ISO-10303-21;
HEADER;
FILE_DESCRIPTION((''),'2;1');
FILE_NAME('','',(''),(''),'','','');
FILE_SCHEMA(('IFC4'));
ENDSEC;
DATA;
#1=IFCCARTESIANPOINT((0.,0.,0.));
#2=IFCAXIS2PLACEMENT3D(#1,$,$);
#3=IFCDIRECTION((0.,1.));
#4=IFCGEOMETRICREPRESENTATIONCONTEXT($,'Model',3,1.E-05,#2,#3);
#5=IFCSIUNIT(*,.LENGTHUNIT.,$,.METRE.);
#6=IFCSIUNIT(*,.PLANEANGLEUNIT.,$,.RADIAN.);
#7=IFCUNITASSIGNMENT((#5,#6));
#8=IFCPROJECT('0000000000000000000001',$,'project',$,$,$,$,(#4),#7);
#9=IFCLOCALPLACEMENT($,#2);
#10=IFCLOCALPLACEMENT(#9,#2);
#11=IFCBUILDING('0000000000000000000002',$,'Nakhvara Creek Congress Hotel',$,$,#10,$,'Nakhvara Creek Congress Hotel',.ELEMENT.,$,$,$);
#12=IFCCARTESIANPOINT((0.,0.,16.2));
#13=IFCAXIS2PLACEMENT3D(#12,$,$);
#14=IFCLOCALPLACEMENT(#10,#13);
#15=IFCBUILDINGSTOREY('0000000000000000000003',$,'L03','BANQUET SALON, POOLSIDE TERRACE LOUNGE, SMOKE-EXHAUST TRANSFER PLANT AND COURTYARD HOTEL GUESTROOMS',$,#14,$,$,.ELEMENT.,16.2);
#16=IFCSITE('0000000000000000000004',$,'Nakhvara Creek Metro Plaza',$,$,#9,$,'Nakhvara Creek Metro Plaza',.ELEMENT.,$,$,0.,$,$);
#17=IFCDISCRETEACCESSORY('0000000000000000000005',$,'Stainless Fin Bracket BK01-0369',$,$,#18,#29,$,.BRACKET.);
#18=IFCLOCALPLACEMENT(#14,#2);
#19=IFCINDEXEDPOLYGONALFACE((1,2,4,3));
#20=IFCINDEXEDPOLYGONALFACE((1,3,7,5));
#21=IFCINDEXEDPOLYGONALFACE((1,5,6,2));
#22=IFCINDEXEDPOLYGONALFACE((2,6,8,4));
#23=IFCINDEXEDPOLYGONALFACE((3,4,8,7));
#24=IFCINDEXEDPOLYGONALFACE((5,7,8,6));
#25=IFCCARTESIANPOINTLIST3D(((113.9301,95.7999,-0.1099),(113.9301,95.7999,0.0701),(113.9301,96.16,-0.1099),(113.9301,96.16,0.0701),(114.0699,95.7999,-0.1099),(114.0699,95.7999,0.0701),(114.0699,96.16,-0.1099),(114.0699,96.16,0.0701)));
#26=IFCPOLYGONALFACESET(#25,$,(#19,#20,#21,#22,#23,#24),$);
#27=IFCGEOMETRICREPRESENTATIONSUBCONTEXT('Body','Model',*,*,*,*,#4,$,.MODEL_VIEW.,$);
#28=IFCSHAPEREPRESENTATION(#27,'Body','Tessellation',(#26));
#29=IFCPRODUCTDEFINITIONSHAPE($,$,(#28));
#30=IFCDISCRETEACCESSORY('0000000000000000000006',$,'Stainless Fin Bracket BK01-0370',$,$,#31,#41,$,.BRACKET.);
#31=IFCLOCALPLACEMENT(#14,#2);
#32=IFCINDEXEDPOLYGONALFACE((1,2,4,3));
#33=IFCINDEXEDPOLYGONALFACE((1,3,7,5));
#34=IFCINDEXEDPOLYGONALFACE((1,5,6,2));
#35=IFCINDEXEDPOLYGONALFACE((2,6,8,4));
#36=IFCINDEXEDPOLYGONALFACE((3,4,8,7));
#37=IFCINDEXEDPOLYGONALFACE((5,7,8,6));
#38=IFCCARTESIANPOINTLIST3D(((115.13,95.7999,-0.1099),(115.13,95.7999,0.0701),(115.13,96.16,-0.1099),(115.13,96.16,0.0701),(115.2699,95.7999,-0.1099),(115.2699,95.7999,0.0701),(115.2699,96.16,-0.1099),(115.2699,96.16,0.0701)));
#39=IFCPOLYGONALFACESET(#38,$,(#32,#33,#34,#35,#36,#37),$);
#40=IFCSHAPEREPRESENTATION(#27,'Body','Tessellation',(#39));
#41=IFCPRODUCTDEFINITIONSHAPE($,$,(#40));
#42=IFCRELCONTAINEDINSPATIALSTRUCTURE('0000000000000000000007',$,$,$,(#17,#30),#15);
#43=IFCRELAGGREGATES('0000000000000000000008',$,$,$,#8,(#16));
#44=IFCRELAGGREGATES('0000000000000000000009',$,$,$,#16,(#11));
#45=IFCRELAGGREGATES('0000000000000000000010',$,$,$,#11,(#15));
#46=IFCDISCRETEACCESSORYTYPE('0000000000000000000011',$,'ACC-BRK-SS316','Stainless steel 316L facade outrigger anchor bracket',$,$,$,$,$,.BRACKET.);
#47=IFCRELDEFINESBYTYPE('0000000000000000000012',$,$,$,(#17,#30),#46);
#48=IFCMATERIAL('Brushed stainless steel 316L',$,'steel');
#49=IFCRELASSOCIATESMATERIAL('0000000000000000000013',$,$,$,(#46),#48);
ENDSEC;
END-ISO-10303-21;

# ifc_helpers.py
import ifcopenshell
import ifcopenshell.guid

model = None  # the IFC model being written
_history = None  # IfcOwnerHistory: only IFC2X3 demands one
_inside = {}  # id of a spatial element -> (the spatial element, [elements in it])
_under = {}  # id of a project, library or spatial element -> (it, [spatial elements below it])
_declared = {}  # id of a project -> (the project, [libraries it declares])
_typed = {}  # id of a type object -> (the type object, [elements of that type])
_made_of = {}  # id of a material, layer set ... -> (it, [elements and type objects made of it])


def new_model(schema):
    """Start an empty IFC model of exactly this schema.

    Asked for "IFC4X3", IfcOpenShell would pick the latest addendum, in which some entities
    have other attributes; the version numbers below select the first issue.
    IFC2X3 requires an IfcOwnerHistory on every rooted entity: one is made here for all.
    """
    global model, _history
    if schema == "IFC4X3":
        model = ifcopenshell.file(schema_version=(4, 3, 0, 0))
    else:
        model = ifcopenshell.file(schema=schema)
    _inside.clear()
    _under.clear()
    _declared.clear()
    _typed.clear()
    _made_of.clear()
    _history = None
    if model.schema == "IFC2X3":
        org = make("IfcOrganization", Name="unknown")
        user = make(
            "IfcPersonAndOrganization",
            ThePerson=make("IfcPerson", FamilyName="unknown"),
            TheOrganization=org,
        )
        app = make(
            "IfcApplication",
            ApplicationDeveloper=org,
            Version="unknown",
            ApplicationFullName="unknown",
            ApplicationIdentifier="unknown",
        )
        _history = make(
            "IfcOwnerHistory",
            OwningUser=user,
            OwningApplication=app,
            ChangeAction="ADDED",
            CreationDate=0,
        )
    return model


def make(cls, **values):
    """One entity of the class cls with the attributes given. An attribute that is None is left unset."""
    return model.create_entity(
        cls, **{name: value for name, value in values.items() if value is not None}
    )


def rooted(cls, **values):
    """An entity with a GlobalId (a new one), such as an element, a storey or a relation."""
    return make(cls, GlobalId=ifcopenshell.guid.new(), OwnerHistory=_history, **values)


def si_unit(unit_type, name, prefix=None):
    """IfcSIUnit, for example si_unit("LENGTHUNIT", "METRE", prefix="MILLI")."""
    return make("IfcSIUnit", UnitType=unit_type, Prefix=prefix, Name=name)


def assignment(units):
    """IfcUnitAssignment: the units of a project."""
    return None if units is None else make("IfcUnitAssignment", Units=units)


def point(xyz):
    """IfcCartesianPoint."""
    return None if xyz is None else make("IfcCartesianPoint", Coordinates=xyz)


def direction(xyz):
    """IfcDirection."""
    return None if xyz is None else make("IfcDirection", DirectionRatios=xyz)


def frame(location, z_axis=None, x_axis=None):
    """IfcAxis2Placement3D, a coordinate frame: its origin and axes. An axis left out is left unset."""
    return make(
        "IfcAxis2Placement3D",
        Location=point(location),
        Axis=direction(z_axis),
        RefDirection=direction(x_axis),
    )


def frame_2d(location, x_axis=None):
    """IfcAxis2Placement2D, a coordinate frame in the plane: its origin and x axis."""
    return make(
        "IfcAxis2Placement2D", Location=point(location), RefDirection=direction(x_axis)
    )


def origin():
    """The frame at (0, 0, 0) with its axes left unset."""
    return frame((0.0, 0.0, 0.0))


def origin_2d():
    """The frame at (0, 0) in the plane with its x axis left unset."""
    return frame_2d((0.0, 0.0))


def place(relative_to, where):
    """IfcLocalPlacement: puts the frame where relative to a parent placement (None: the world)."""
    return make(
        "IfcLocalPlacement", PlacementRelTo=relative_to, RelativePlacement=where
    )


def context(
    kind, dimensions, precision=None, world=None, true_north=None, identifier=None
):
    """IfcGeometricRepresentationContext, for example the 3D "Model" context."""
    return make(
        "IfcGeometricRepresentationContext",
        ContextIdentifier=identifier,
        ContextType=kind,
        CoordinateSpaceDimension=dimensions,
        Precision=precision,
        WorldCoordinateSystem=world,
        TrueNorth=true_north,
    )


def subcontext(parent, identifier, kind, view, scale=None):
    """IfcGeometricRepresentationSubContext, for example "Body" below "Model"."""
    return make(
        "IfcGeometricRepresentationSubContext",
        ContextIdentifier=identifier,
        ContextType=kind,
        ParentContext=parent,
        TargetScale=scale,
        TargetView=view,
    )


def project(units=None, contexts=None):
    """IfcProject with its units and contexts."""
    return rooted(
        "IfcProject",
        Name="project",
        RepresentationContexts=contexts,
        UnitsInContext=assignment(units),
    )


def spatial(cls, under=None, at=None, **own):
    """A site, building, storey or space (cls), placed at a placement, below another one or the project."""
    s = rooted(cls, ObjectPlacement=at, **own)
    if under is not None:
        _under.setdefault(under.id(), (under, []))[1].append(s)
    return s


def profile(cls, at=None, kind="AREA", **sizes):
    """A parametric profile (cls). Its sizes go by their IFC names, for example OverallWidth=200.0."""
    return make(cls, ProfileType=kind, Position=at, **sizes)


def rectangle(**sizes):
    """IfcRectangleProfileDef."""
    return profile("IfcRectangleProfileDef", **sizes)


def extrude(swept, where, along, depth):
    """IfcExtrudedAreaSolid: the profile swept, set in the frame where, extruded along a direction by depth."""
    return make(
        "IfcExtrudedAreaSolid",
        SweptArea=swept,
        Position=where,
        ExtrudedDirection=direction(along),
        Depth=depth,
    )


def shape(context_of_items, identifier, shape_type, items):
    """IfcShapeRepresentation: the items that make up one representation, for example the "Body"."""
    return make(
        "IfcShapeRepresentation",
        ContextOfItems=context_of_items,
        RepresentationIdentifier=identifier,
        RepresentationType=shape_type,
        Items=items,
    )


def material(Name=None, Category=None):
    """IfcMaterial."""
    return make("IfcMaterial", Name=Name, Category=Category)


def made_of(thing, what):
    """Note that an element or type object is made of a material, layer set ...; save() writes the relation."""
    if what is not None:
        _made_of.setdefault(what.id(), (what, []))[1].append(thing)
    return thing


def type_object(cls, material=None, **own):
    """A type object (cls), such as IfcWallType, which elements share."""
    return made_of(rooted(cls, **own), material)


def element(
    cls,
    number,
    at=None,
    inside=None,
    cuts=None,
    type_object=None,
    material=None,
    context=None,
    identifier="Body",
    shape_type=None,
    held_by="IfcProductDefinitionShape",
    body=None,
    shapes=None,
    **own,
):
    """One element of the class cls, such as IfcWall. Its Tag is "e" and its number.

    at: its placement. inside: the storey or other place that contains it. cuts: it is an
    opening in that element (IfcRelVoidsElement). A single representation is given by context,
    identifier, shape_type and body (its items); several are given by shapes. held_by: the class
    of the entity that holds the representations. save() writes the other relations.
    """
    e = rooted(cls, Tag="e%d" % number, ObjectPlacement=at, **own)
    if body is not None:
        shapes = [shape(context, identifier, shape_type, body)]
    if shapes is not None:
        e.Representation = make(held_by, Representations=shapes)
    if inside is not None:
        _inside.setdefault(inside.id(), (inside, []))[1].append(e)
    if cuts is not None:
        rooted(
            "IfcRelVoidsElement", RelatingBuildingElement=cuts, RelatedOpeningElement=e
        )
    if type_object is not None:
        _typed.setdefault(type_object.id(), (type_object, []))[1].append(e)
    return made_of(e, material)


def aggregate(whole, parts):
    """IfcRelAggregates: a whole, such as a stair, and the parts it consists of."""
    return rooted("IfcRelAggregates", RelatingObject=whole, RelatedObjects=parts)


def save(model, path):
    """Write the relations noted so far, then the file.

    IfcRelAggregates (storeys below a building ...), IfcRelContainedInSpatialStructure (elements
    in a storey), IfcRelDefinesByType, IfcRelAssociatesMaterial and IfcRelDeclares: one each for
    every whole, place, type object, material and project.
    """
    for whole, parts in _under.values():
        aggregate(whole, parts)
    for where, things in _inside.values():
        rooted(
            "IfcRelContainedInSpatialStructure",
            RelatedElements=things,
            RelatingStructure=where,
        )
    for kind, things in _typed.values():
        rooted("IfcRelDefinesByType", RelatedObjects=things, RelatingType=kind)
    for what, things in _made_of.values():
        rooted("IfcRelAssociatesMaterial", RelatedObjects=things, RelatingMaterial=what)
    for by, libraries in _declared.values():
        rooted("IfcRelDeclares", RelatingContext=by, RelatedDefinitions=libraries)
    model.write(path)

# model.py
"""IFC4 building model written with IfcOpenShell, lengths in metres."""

from ifc_helpers import new_model, si_unit, direction, frame, origin, origin_2d, place, context, subcontext, project, spatial, rectangle, extrude, material, type_object, element, save


model = new_model("IFC4")

# Units and contexts
model_context = context("Model", 3, precision=1e-05, world=origin(), true_north=direction((0.0, 1.0)))
body_context = subcontext(model_context, "Body", "Model", "MODEL_VIEW")
ifc_project = project(units=[si_unit("LENGTHUNIT", "METRE"), si_unit("PLANEANGLEUNIT", "RADIAN")], contexts=[model_context])

# Site, building, storey
site_placement = place(None, origin())
site = spatial("IfcSite", under=ifc_project, at=site_placement, Name="Nakhvara Creek Metro Plaza", LongName="Nakhvara Creek Metro Plaza", CompositionType="ELEMENT", RefElevation=0.0)
building_placement = place(site_placement, origin())
building = spatial("IfcBuilding", under=site, at=building_placement, Name="Nakhvara Creek Congress Hotel", LongName="Nakhvara Creek Congress Hotel", CompositionType="ELEMENT")
storey_placement = place(building_placement, frame((0.0, 0.0, 16.2)))
storey = spatial("IfcBuildingStorey", under=building, at=storey_placement, Name="L03", Description="BANQUET SALON, POOLSIDE TERRACE LOUNGE, SMOKE-EXHAUST TRANSFER PLANT AND COURTYARD HOTEL GUESTROOMS", CompositionType="ELEMENT", Elevation=16.2)

# Discrete accessories
ifc_material_1 = material(Name="Brushed stainless steel 316L", Category="steel")
discrete_accessory_type = type_object("IfcDiscreteAccessoryType", Name="ACC-BRK-SS316", Description="Stainless steel 316L facade outrigger anchor bracket", PredefinedType="BRACKET", material=ifc_material_1)
for number, where, z_axis, x_axis, name in (
    (1, (114.0, 95.98, -0.1099), (0.0, 0.0, 1.0), (1.0, 0.0, 0.0), "Stainless Fin Bracket BK01-0369"),
    (2, (115.2, 95.98, -0.1099), (0.0, 0.0, 1.0), (1.0, 0.0, 0.0), "Stainless Fin Bracket BK01-0370"),
):
    element("IfcDiscreteAccessory", number, at=place(storey_placement, frame(where, z_axis=z_axis, x_axis=x_axis)), inside=storey, type_object=discrete_accessory_type, Name=name, PredefinedType="BRACKET", context=body_context, shape_type="SweptSolid", body=[
        extrude(rectangle(XDim=0.1399, YDim=0.3601, at=origin_2d()), origin(), (0.0, 0.0, 1.0), 0.1799),
    ])

save(model, "model.ifc")
